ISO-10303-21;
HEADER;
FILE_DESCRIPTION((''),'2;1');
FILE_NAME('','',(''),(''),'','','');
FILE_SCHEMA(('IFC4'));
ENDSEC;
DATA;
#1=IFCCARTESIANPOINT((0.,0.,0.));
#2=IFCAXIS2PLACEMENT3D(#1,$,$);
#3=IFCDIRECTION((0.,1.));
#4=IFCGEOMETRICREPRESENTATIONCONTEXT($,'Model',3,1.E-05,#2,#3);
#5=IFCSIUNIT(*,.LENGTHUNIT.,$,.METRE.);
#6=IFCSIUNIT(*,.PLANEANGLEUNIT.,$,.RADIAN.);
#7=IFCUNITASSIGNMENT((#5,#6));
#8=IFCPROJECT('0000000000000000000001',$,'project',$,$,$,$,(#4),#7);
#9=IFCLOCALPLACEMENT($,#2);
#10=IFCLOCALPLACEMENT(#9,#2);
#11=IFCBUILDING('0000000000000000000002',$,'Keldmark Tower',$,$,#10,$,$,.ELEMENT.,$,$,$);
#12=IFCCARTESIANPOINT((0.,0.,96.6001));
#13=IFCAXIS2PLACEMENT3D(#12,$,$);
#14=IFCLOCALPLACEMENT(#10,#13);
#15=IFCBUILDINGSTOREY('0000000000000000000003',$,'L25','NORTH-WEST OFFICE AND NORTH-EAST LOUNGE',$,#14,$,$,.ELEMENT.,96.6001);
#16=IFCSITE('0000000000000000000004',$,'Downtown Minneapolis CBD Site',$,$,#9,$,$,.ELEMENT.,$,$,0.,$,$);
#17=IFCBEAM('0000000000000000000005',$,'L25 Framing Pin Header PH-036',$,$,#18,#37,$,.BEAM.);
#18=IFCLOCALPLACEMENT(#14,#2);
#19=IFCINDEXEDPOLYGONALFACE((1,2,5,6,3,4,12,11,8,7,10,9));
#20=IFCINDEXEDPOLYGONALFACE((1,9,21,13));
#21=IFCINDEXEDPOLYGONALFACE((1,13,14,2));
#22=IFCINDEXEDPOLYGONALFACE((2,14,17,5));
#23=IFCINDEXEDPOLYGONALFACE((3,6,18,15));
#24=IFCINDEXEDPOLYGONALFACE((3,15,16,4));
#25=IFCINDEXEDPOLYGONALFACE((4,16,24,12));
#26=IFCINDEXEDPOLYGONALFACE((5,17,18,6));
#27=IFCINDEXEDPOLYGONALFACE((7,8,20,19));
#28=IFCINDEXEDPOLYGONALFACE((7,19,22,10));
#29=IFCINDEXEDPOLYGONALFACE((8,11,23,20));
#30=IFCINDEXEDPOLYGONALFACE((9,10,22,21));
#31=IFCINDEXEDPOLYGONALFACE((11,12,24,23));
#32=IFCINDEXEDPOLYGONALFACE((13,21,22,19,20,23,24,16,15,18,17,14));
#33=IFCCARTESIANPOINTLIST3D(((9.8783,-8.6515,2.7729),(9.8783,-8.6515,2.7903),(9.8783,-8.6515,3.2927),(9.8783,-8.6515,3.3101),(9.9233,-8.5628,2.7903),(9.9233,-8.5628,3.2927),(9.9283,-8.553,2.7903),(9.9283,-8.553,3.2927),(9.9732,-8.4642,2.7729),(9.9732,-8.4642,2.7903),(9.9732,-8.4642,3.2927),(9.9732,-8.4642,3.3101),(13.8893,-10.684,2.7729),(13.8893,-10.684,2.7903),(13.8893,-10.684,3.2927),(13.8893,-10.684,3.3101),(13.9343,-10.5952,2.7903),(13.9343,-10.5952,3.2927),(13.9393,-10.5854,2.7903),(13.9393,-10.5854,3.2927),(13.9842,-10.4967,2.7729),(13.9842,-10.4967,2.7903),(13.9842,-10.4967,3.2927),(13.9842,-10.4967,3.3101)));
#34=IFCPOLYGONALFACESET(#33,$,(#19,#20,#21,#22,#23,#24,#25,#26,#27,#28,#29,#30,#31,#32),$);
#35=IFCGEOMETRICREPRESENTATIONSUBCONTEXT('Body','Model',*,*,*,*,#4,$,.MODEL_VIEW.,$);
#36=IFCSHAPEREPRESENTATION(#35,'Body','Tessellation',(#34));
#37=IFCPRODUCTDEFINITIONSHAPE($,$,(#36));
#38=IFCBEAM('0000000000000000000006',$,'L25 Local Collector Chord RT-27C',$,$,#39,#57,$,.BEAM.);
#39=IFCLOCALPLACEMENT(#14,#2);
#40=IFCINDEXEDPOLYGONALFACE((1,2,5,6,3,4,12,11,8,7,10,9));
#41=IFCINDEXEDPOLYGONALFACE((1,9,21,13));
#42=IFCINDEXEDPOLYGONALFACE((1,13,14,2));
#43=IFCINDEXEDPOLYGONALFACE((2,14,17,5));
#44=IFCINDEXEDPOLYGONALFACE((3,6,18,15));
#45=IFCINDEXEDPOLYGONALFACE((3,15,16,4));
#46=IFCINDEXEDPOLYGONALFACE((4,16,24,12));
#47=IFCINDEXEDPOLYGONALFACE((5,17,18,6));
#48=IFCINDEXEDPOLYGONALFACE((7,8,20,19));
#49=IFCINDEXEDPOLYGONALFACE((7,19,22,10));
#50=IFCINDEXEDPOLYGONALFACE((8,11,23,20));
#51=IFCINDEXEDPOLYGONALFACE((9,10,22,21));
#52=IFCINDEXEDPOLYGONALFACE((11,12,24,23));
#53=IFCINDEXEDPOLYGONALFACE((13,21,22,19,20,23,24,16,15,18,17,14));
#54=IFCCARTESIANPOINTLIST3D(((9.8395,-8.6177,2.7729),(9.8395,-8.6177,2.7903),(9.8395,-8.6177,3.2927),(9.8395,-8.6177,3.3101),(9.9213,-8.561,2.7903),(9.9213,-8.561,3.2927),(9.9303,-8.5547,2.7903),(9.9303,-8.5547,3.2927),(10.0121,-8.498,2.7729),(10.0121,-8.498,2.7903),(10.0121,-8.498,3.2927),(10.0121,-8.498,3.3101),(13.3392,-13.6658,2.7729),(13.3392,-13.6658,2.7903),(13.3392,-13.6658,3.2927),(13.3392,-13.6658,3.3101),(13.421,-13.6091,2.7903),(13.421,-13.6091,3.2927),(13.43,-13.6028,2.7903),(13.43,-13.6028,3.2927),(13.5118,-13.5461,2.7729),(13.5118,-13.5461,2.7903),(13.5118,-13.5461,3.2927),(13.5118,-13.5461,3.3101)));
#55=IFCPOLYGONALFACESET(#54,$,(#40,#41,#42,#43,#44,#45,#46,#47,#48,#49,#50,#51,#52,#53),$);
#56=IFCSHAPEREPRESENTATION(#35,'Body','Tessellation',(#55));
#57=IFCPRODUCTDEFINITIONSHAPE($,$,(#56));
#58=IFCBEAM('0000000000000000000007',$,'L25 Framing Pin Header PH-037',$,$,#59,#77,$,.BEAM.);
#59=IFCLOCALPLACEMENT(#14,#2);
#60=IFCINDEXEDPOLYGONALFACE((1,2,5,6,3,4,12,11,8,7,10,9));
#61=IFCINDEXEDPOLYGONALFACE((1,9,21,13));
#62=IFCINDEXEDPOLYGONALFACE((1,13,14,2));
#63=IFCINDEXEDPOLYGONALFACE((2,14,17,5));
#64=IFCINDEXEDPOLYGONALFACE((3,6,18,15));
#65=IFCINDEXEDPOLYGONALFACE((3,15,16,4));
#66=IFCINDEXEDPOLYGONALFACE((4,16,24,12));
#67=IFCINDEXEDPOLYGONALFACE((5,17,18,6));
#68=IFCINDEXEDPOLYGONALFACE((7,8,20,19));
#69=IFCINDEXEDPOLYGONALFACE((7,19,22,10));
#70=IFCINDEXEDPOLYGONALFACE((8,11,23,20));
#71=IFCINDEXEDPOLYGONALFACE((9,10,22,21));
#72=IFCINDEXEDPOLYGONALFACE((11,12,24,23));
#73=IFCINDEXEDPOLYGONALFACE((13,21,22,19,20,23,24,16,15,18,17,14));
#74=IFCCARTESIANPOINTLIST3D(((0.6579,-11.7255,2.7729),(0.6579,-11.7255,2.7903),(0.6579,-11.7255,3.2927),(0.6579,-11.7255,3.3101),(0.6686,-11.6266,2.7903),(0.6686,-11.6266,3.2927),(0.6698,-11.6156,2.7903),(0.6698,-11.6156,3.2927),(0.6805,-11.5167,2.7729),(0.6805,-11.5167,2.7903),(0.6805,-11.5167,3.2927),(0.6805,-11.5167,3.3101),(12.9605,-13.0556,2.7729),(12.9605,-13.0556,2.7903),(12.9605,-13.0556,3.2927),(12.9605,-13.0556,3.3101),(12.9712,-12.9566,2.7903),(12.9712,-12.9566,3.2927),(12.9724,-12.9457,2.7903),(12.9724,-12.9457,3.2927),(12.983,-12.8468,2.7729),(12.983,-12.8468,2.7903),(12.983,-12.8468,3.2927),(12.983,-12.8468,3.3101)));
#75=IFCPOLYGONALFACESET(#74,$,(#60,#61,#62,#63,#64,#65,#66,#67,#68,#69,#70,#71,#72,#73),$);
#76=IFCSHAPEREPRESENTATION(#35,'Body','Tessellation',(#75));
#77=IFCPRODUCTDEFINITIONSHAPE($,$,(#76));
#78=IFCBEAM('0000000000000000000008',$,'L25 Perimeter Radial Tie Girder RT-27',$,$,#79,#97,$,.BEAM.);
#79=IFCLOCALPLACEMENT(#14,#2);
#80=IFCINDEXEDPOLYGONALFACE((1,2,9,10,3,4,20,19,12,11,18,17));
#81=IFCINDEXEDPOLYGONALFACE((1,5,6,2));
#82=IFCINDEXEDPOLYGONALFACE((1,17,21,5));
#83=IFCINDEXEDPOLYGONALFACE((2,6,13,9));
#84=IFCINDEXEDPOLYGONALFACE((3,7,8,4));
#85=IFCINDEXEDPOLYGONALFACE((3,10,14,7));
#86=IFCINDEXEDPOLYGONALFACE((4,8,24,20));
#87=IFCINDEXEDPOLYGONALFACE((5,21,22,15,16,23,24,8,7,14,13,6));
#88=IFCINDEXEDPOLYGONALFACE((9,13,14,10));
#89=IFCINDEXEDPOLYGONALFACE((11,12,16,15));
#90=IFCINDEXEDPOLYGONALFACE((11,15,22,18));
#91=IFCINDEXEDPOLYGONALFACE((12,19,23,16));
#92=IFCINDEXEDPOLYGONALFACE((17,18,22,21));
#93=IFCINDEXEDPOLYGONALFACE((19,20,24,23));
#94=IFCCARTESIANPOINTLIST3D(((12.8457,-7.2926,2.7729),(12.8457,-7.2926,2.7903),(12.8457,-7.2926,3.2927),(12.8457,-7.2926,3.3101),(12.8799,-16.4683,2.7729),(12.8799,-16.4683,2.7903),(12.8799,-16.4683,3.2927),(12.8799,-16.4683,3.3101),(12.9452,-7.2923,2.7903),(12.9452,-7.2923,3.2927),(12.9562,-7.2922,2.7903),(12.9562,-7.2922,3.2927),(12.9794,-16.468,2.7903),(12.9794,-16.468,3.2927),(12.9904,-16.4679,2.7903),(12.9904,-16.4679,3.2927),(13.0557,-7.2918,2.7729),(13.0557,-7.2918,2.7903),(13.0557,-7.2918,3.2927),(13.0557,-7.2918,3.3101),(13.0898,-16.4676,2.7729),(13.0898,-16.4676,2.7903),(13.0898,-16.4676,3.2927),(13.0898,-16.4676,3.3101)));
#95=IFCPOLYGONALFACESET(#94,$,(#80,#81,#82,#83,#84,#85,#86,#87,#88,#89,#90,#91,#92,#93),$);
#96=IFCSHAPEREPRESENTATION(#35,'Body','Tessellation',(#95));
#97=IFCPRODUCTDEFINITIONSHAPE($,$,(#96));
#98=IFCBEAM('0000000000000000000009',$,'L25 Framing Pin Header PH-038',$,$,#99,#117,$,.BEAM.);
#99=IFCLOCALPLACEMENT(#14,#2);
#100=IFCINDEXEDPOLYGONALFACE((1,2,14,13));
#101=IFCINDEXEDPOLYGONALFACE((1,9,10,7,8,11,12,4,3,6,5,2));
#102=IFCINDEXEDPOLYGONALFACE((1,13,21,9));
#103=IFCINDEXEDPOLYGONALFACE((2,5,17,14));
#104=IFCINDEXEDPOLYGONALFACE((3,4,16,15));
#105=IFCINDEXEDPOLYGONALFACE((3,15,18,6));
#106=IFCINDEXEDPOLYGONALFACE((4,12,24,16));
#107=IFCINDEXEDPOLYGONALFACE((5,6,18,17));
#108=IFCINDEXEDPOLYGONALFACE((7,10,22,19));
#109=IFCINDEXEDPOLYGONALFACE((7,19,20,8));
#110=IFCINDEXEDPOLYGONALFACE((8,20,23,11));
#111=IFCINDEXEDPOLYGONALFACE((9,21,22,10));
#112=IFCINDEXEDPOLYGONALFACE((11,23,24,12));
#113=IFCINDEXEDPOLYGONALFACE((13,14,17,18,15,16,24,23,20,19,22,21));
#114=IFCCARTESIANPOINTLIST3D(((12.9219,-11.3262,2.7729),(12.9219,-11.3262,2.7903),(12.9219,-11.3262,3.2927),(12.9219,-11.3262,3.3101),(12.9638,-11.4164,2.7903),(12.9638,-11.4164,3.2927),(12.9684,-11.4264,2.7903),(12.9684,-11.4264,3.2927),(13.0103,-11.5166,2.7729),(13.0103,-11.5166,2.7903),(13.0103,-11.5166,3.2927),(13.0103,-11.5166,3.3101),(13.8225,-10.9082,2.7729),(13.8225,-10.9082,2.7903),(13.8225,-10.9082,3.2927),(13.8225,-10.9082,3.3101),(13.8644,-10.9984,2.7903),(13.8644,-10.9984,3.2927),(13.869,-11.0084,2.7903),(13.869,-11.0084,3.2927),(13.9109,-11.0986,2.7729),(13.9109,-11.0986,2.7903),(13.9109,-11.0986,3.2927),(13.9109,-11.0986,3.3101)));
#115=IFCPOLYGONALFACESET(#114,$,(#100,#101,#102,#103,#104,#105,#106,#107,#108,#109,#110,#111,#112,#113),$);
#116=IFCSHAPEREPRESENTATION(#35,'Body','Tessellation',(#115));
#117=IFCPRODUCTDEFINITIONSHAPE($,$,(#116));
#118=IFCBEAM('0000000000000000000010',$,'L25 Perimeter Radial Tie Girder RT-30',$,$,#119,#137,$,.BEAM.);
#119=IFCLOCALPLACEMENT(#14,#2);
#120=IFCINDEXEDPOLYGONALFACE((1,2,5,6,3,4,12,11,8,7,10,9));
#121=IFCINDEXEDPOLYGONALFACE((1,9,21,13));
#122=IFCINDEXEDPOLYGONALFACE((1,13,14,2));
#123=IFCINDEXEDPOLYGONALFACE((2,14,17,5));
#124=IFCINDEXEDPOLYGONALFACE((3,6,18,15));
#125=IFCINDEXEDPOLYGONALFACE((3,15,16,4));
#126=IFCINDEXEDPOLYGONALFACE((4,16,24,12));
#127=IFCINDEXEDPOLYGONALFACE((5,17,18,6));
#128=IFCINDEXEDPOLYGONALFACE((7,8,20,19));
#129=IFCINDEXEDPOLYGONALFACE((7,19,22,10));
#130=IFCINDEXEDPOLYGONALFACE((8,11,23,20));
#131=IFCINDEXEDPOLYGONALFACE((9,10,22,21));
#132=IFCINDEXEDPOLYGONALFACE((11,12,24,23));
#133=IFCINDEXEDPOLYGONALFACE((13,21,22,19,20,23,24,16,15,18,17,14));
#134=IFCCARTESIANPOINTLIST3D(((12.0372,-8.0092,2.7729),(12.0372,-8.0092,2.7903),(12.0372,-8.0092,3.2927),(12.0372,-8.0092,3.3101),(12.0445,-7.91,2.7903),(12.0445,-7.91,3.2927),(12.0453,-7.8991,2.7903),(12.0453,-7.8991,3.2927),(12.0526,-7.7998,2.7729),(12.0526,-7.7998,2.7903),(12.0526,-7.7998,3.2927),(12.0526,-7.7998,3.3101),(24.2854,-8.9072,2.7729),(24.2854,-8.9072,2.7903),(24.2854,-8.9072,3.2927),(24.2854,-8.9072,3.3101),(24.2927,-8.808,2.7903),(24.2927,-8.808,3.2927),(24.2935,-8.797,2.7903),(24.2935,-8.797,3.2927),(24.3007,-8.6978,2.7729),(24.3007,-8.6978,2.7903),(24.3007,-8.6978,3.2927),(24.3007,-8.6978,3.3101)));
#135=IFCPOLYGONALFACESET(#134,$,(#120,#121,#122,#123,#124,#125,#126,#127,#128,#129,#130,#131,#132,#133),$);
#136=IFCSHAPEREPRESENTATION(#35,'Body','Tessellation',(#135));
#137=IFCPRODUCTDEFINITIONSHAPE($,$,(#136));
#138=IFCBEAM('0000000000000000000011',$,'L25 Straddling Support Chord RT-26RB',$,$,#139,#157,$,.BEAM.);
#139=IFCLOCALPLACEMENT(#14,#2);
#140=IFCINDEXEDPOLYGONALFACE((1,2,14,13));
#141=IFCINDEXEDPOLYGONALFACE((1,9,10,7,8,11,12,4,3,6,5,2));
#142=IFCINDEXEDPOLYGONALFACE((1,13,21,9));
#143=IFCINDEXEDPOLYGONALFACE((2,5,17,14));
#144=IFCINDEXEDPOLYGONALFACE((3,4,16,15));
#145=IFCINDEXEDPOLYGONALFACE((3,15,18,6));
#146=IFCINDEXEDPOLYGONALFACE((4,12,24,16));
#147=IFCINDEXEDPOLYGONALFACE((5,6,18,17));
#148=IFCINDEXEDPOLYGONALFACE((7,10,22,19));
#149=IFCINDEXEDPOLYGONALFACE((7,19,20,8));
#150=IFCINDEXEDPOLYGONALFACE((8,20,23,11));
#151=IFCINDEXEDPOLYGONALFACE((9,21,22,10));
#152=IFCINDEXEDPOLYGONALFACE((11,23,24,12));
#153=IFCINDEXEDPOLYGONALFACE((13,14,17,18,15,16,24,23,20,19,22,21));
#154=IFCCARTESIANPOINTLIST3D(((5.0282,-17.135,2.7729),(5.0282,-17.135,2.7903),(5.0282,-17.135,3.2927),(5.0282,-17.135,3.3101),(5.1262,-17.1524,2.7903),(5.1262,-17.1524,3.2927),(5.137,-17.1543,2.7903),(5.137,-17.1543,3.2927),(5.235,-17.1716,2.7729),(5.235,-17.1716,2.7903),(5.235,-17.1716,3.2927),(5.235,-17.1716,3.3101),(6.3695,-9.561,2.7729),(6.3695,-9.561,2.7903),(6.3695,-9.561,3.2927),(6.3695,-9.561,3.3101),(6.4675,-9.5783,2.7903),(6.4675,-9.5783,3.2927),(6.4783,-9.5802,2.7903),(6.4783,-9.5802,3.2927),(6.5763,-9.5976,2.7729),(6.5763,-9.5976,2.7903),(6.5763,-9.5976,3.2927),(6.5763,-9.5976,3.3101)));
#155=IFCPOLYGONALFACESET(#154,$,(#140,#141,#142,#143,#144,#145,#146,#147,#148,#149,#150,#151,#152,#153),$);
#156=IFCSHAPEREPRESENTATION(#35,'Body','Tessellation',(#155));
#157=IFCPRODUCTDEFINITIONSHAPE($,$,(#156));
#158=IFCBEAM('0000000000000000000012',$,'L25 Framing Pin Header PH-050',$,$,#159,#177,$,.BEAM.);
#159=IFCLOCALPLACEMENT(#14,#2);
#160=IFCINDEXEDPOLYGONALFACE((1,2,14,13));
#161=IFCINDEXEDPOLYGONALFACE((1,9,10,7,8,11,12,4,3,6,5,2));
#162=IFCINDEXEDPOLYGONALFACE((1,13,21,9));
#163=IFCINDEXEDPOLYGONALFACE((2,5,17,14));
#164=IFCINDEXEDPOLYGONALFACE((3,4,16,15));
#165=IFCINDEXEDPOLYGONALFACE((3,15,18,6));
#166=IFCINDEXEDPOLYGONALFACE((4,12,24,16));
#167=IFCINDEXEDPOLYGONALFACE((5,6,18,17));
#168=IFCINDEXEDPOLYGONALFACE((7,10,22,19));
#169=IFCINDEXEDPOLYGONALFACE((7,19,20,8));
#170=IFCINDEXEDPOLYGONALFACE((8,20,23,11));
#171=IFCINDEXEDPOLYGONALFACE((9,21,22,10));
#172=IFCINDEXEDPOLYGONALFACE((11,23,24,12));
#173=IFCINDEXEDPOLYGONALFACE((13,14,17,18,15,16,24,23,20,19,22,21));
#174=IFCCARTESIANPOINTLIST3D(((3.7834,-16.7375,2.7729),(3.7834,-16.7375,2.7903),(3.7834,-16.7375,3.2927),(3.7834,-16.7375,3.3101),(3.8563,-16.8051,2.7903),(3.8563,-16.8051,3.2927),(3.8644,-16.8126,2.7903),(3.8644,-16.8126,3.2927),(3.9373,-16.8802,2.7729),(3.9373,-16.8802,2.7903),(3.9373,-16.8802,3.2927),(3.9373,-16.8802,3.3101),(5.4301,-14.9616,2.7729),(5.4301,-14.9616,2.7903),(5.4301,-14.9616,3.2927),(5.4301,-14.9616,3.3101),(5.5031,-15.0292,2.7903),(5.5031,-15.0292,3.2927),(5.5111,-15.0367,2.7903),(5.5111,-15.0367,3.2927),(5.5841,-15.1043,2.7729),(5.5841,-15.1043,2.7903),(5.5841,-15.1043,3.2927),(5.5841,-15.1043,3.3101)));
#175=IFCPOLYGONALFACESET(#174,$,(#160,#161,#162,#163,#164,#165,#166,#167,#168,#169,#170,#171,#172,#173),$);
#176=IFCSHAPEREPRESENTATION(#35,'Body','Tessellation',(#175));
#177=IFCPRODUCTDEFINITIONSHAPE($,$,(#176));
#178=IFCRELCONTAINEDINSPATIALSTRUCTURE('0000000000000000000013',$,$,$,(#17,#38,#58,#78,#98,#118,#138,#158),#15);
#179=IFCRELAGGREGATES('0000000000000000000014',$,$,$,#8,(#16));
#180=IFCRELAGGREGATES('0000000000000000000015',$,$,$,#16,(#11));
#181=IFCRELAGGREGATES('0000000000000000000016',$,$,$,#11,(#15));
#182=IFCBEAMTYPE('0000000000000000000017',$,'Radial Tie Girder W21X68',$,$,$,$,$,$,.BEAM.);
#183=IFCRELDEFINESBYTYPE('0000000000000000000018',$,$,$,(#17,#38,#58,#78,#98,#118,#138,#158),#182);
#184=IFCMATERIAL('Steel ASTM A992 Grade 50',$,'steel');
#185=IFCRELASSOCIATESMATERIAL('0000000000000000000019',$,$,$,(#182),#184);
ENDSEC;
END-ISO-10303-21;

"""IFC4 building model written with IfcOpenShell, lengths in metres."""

from ifc_helpers import new_model, si_unit, direction, frame, origin, origin_2d, place, context, subcontext, project, spatial, i_section, extrude, material, material_profile, profile_set, type_object, element, save


model = new_model("IFC4")

# Units and contexts
model_context = context("Model", 3, precision=1e-05, world=origin(), true_north=direction((0.0, 1.0)))
body_context = subcontext(model_context, "Body", "Model", "MODEL_VIEW")
ifc_project = project(units=[si_unit("LENGTHUNIT", "METRE"), si_unit("PLANEANGLEUNIT", "RADIAN")], contexts=[model_context])

# Site, building, storey
site_placement = place(None, origin())
site = spatial("IfcSite", under=ifc_project, at=site_placement, Name="Downtown Minneapolis CBD Site", CompositionType="ELEMENT", RefElevation=0.0)
building_placement = place(site_placement, origin())
building = spatial("IfcBuilding", under=site, at=building_placement, Name="Keldmark Tower", CompositionType="ELEMENT")
storey_placement = place(building_placement, frame((0.0, 0.0, 96.6001)))
storey = spatial("IfcBuildingStorey", under=building, at=storey_placement, Name="L25", Description="NORTH-WEST OFFICE AND NORTH-EAST LOUNGE", CompositionType="ELEMENT", Elevation=96.6001)

# Beams
ifc_material_1 = material(Name="Steel ASTM A992 Grade 50", Category="steel")
ifc_material_profile_1 = material_profile(ifc_material_1, i_section(OverallWidth=0.21, OverallDepth=0.5371, WebThickness=0.011, FlangeThickness=0.0173, at=origin_2d()), Name="W21X68")
ifc_profile_set_1 = profile_set([ifc_material_profile_1], Name="Steel ASTM A992 Grade 50")
beam_type_1 = type_object("IfcBeamType", Name="Radial Tie Girder W21X68", PredefinedType="BEAM", material=ifc_profile_set_1)
beam_1_placement = place(storey_placement, frame((9.9258, -8.5579, 3.0415), z_axis=(0.892014, -0.452007, 0.0), x_axis=(0.452007, 0.892014, 0.0)))
element("IfcBeam", 1, at=beam_1_placement, inside=storey, type_object=beam_type_1, Name="L25 Framing Pin Header PH-036", PredefinedType="BEAM", context=body_context, shape_type="SweptSolid", body=[
    extrude(i_section(OverallWidth=0.21, OverallDepth=0.5371, WebThickness=0.011, FlangeThickness=0.0173, at=origin_2d()), origin(), (0.0, 0.0, 1.0), 4.4966),
])
beam_2_placement = place(storey_placement, frame((9.9258, -8.5579, 3.0415), z_axis=(0.569751, -0.821817, 0.0), x_axis=(0.821817, 0.569751, 0.0)))
element("IfcBeam", 2, at=beam_2_placement, inside=storey, type_object=beam_type_1, Name="L25 Local Collector Chord RT-27C", PredefinedType="BEAM", context=body_context, shape_type="SweptSolid", body=[
    extrude(i_section(OverallWidth=0.21, OverallDepth=0.5371, WebThickness=0.011, FlangeThickness=0.0173, at=origin_2d()), origin(), (0.0, 0.0, 1.0), 6.1426),
])
beam_3_placement = place(storey_placement, frame((0.6692, -11.6211, 3.0415), z_axis=(0.994206, -0.107488, 0.0), x_axis=(0.107488, 0.994206, 0.0)))
element("IfcBeam", 3, at=beam_3_placement, inside=storey, type_object=beam_type_1, Name="L25 Framing Pin Header PH-037", PredefinedType="BEAM", context=body_context, shape_type="SweptSolid", body=[
    extrude(i_section(OverallWidth=0.21, OverallDepth=0.5371, WebThickness=0.011, FlangeThickness=0.0173, at=origin_2d()), origin(), (0.0, 0.0, 1.0), 12.3743),
])
beam_4_placement = place(storey_placement, frame((12.9507, -7.2922, 3.0415), z_axis=(0.003725, -0.999993, 0.0), x_axis=(0.999993, 0.003725, 0.0)))
element("IfcBeam", 4, at=beam_4_placement, inside=storey, type_object=beam_type_1, Name="L25 Perimeter Radial Tie Girder RT-27", PredefinedType="BEAM", context=body_context, shape_type="SweptSolid", body=[
    extrude(i_section(OverallWidth=0.21, OverallDepth=0.5371, WebThickness=0.011, FlangeThickness=0.0173, at=origin_2d()), origin(), (0.0, 0.0, 1.0), 9.1758),
])
beam_5_placement = place(storey_placement, frame((12.9661, -11.4214, 3.0415), z_axis=(0.907079, 0.42096, 0.0), x_axis=(-0.42096, 0.907079, 0.0)))
element("IfcBeam", 5, at=beam_5_placement, inside=storey, type_object=beam_type_1, Name="L25 Framing Pin Header PH-038", PredefinedType="BEAM", context=body_context, shape_type="SweptSolid", body=[
    extrude(i_section(OverallWidth=0.21, OverallDepth=0.5371, WebThickness=0.011, FlangeThickness=0.0173, at=origin_2d()), origin(), (0.0, 0.0, 1.0), 0.9929),
])
beam_6_placement = place(storey_placement, frame((12.0449, -7.9045, 3.0415), z_axis=(0.997323, -0.073117, 0.0), x_axis=(0.073117, 0.997323, 0.0)))
element("IfcBeam", 6, at=beam_6_placement, inside=storey, type_object=beam_type_1, Name="L25 Perimeter Radial Tie Girder RT-30", PredefinedType="BEAM", context=body_context, shape_type="SweptSolid", body=[
    extrude(i_section(OverallWidth=0.21, OverallDepth=0.5371, WebThickness=0.011, FlangeThickness=0.0173, at=origin_2d()), origin(), (0.0, 0.0, 1.0), 12.281),
])
beam_7_placement = place(storey_placement, frame((5.1316, -17.1533, 3.0415), z_axis=(0.174381, 0.984678, 0.0), x_axis=(-0.984678, 0.174381, 0.0)))
element("IfcBeam", 7, at=beam_7_placement, inside=storey, type_object=beam_type_1, Name="L25 Straddling Support Chord RT-26RB", PredefinedType="BEAM", context=body_context, shape_type="SweptSolid", body=[
    extrude(i_section(OverallWidth=0.21, OverallDepth=0.5371, WebThickness=0.011, FlangeThickness=0.0173, at=origin_2d()), origin(), (0.0, 0.0, 1.0), 7.6919),
])
beam_8_placement = place(storey_placement, frame((3.8604, -16.8088, 3.0415), z_axis=(0.679941, 0.733267, 0.0), x_axis=(-0.733267, 0.679941, 0.0)))
element("IfcBeam", 8, at=beam_8_placement, inside=storey, type_object=beam_type_1, Name="L25 Framing Pin Header PH-050", PredefinedType="BEAM", context=body_context, shape_type="SweptSolid", body=[
    extrude(i_section(OverallWidth=0.21, OverallDepth=0.5371, WebThickness=0.011, FlangeThickness=0.0173, at=origin_2d()), origin(), (0.0, 0.0, 1.0), 2.4219),
])

save(model, "model.ifc")
